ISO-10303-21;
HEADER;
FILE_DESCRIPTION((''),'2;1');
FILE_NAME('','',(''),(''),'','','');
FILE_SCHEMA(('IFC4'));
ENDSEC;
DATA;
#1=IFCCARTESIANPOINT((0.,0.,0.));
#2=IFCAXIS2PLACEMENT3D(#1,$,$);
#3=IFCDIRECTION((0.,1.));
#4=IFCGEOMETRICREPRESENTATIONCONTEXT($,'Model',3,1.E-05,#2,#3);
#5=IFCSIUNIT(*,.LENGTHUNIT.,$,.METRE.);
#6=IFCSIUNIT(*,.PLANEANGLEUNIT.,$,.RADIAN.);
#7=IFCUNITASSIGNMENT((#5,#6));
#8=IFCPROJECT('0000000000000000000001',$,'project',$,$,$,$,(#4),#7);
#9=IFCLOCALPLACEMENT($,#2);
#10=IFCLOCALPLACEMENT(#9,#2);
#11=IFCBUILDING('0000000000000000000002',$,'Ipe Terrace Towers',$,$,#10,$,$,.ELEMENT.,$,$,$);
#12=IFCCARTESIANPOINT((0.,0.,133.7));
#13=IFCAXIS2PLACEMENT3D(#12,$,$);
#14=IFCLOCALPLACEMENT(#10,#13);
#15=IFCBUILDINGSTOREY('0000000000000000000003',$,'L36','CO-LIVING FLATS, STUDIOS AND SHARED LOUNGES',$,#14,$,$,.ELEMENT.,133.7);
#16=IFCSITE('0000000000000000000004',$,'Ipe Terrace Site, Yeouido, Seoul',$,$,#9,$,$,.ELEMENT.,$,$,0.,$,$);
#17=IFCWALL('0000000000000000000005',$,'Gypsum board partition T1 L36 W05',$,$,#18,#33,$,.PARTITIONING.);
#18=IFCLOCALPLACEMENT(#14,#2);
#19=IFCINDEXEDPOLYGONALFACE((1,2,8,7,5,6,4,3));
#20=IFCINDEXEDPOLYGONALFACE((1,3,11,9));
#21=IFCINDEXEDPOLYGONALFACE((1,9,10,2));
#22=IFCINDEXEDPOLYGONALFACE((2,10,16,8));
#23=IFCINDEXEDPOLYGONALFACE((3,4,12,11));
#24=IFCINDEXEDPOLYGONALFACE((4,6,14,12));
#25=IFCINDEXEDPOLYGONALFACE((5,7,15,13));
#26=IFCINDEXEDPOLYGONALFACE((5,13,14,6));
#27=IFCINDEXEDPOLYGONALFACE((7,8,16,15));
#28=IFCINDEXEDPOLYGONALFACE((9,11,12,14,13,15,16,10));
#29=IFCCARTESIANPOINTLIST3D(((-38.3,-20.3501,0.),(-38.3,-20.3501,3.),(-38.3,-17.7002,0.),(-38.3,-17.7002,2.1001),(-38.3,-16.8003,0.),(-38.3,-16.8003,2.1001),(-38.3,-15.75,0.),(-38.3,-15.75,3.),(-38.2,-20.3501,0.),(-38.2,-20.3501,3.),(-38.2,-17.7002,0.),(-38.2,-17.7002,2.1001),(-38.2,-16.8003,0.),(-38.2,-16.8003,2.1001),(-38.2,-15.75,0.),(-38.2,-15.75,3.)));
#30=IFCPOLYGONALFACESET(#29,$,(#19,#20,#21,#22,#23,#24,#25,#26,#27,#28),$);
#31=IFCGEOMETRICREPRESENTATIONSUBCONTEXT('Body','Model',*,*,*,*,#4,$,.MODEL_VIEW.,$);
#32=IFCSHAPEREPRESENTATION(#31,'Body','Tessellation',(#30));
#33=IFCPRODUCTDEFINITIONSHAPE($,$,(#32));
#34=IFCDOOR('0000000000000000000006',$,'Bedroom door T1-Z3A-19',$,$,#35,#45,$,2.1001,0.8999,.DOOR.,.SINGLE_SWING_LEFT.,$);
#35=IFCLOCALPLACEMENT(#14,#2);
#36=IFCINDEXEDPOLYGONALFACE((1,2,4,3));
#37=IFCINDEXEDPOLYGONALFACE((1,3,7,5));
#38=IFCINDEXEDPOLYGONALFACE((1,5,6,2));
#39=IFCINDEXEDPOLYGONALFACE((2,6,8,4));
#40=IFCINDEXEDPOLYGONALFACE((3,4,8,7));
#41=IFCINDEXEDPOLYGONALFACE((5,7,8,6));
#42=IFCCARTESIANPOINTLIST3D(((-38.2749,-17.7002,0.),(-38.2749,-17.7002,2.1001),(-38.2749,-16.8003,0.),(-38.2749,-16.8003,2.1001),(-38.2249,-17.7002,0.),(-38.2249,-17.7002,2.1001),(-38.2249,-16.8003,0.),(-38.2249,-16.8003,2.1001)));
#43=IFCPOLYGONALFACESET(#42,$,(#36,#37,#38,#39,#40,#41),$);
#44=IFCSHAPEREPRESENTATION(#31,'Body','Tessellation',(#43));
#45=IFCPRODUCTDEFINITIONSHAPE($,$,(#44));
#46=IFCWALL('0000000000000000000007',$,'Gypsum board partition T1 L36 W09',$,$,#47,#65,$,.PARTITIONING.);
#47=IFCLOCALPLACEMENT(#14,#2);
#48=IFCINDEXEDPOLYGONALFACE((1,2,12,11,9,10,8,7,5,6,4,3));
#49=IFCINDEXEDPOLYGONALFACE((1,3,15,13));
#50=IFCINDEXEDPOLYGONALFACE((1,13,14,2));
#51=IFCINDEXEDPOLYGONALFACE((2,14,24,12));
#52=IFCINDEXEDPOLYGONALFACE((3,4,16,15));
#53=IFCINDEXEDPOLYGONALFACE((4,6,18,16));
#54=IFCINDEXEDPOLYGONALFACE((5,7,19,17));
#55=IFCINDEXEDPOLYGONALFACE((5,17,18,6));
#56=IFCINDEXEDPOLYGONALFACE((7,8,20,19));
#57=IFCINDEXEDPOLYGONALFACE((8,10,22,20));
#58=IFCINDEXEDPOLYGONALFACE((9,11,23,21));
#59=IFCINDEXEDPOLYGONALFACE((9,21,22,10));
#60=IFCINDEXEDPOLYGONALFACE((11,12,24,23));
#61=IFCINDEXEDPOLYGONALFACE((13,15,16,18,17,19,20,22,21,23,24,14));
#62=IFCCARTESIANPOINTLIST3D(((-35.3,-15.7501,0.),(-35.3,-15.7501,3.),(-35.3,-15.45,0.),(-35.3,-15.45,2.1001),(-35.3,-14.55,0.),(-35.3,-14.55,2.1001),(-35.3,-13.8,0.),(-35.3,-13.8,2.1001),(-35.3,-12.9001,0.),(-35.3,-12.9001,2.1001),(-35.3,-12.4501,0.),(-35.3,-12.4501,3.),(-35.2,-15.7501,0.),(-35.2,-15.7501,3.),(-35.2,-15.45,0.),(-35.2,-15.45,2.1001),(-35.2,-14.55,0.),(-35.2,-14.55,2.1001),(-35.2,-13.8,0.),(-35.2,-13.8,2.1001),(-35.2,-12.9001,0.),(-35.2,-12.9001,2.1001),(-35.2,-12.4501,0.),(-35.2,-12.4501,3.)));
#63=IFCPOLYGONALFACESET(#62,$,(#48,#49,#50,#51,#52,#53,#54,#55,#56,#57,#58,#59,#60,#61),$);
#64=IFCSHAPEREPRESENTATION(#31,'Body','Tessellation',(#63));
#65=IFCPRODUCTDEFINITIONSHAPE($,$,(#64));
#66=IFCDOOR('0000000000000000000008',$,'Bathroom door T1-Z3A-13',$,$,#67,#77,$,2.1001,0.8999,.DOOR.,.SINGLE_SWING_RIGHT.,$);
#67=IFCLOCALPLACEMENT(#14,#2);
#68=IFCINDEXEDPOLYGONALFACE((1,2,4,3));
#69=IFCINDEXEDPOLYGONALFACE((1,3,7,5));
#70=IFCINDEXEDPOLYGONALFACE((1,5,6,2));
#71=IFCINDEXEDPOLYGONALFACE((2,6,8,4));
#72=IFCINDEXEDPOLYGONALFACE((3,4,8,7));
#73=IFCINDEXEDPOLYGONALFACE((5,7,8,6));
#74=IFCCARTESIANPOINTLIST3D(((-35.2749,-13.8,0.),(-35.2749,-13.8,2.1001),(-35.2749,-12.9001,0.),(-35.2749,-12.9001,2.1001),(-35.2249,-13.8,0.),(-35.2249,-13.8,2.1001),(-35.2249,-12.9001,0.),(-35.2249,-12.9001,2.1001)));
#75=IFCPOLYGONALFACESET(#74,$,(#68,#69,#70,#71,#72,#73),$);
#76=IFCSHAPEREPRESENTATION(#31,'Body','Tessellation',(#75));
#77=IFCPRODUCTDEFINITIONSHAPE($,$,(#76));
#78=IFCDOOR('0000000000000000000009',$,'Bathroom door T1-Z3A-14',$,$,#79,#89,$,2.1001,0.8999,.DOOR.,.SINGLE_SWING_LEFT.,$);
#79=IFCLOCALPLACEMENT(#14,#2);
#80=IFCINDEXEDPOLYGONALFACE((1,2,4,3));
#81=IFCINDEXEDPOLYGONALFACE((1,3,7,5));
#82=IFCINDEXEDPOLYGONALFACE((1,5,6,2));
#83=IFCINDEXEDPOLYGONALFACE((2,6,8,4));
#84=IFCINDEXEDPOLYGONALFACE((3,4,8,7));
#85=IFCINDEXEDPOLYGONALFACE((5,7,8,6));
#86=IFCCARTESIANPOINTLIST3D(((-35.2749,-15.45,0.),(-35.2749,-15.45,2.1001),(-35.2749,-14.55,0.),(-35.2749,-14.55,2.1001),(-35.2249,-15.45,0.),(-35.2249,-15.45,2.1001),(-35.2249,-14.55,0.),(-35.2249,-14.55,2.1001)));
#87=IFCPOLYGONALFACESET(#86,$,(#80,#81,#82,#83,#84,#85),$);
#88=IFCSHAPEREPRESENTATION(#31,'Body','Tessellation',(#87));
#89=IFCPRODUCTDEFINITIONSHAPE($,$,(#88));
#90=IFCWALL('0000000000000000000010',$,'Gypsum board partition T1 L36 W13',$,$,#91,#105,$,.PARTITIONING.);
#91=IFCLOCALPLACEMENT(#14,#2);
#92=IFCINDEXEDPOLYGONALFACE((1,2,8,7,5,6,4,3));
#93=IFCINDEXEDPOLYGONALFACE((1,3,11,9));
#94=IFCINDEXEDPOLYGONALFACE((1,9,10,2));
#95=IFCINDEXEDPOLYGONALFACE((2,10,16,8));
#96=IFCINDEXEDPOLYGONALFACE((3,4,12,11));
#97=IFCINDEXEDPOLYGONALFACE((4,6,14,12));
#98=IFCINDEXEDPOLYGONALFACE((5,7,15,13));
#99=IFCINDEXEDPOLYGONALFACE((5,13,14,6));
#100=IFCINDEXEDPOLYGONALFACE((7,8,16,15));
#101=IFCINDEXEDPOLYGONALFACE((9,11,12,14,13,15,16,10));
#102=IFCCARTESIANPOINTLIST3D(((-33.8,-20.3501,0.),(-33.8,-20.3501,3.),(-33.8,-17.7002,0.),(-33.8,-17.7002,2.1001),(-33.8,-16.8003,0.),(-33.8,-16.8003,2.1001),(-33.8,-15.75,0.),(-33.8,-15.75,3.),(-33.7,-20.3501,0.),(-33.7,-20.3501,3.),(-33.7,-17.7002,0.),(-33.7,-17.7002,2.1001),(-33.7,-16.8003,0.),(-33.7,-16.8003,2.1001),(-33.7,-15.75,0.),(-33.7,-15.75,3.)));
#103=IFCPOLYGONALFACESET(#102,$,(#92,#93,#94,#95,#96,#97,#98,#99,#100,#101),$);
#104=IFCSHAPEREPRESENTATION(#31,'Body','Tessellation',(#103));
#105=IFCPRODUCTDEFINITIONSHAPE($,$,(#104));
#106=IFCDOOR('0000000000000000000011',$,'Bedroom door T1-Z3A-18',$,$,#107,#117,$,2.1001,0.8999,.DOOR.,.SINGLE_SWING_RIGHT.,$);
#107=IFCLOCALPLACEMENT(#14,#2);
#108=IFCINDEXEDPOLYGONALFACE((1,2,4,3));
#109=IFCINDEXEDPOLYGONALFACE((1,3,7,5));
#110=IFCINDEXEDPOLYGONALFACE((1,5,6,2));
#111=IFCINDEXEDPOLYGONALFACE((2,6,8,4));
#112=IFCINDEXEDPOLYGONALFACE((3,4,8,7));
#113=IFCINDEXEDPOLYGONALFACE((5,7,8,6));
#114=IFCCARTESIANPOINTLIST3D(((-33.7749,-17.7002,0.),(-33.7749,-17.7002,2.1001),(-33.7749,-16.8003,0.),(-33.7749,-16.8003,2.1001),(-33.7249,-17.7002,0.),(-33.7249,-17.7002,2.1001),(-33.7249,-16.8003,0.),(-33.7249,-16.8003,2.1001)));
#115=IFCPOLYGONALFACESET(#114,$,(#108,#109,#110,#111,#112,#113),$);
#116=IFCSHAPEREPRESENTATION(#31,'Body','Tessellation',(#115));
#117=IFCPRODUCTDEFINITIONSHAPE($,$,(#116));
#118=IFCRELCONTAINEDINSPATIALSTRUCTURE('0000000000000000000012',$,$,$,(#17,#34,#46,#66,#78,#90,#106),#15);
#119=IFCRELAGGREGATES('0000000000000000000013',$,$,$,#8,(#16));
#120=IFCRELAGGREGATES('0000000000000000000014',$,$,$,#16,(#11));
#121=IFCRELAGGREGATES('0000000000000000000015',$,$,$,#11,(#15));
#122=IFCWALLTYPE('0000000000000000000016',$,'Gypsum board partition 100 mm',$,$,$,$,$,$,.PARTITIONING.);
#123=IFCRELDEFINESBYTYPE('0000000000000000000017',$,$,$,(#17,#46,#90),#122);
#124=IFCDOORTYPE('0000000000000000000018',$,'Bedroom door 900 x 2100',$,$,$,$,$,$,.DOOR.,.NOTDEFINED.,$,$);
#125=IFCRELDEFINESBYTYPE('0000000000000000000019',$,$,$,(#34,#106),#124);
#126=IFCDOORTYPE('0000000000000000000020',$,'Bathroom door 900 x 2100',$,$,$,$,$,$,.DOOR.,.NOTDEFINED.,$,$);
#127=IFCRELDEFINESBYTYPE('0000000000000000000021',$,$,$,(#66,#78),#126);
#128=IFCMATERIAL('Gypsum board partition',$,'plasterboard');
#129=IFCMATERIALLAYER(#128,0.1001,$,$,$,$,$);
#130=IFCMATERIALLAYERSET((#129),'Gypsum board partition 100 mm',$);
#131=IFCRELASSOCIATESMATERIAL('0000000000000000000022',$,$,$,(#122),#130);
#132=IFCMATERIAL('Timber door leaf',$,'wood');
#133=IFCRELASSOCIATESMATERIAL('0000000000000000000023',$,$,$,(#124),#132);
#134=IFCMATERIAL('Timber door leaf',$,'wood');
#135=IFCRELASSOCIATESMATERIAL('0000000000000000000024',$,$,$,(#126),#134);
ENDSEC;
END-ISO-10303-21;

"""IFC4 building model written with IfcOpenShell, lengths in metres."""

from ifc_helpers import new_model, si_unit, direction, frame, frame_2d, origin, place, context, subcontext, project, spatial, rectangle, extrude, material, layer, layer_set, type_object, element, fill, save


model = new_model("IFC4")

# Units and contexts
model_context = context("Model", 3, precision=1e-05, world=origin(), true_north=direction((0.0, 1.0)))
body_context = subcontext(model_context, "Body", "Model", "MODEL_VIEW")
ifc_project = project(units=[si_unit("LENGTHUNIT", "METRE"), si_unit("PLANEANGLEUNIT", "RADIAN")], contexts=[model_context])

# Site, building, storey
site_placement = place(None, origin())
site = spatial("IfcSite", under=ifc_project, at=site_placement, Name="Ipe Terrace Site, Yeouido, Seoul", CompositionType="ELEMENT", RefElevation=0.0)
building_placement = place(site_placement, origin())
building = spatial("IfcBuilding", under=site, at=building_placement, Name="Ipe Terrace Towers", CompositionType="ELEMENT")
storey_placement = place(building_placement, frame((0.0, 0.0, 133.7)))
storey = spatial("IfcBuildingStorey", under=building, at=storey_placement, Name="L36", Description="CO-LIVING FLATS, STUDIOS AND SHARED LOUNGES", CompositionType="ELEMENT", Elevation=133.7)

# Wall, opening, door
ifc_material_1 = material(Name="Gypsum board partition", Category="plasterboard")
ifc_layer_1 = layer(ifc_material_1, 0.1001)
ifc_layer_set_1 = layer_set([ifc_layer_1], Name="Gypsum board partition 100 mm")
wall_type_1 = type_object("IfcWallType", Name="Gypsum board partition 100 mm", PredefinedType="PARTITIONING", material=ifc_layer_set_1)
ifc_material_2 = material(Name="Timber door leaf", Category="wood")
door_type_1 = type_object("IfcDoorType", Name="Bedroom door 900 x 2100", OperationType="NOTDEFINED", PredefinedType="DOOR", material=ifc_material_2)
wall_1_placement = place(storey_placement, frame((-38.25, -20.3501, 0.0), z_axis=(0.0, 0.0, 1.0), x_axis=(0.0, 1.0, 0.0)))
wall_1 = element("IfcWall", 1, at=wall_1_placement, inside=storey, type_object=wall_type_1, Name="Gypsum board partition T1 L36 W05", PredefinedType="PARTITIONING", context=body_context, shape_type="SweptSolid", body=[
    extrude(rectangle(XDim=4.6001, YDim=0.1001, at=frame_2d((2.3, 0.0))), origin(), (0.0, 0.0, 1.0), 3.0),
])
opening_1_placement = place(wall_1_placement, frame((2.6499, 0.0, 0.0)))
opening_1 = element("IfcOpeningElement", 2, at=opening_1_placement, cuts=wall_1, PredefinedType="OPENING", context=body_context, shape_type="SweptSolid", body=[
    extrude(rectangle(XDim=0.8999, YDim=2.1001, at=frame_2d((0.45, 1.05))), frame((0.0, 0.0601, 0.0), z_axis=(0.0, -1.0, 0.0), x_axis=(1.0, 0.0, 0.0)), (0.0, 0.0, 1.0), 0.1201),
])
door_1_placement = place(opening_1_placement, origin())
door_1 = element("IfcDoor", 3, at=door_1_placement, inside=storey, type_object=door_type_1, Name="Bedroom door T1-Z3A-19", OperationType="SINGLE_SWING_LEFT", OverallHeight=2.1001, OverallWidth=0.8999, PredefinedType="DOOR", context=body_context, shape_type="SweptSolid", body=[
    extrude(rectangle(XDim=0.8999, YDim=2.1001, at=frame_2d((0.45, 1.05))), frame((0.0, 0.0249, 0.0), z_axis=(0.0, -1.0, 0.0), x_axis=(1.0, 0.0, 0.0)), (0.0, 0.0, 1.0), 0.05),
])
fill(opening_1, door_1)

# Wall, openings, doors
wall_2_placement = place(storey_placement, frame((-35.25, -15.75, 0.0), z_axis=(0.0, 0.0, 1.0), x_axis=(0.0, 1.0, 0.0)))
wall_2 = element("IfcWall", 4, at=wall_2_placement, inside=storey, type_object=wall_type_1, Name="Gypsum board partition T1 L36 W09", PredefinedType="PARTITIONING", context=body_context, shape_type="SweptSolid", body=[
    extrude(rectangle(XDim=3.3, YDim=0.1001, at=frame_2d((1.6499, 0.0))), origin(), (0.0, 0.0, 1.0), 3.0),
])
opening_2_placement = place(wall_2_placement, frame((1.95, 0.0, 0.0)))
opening_2 = element("IfcOpeningElement", 5, at=opening_2_placement, cuts=wall_2, PredefinedType="OPENING", context=body_context, shape_type="SweptSolid", body=[
    extrude(rectangle(XDim=0.8999, YDim=2.1001, at=frame_2d((0.45, 1.05))), frame((0.0, 0.0601, 0.0), z_axis=(0.0, -1.0, 0.0), x_axis=(1.0, 0.0, 0.0)), (0.0, 0.0, 1.0), 0.1201),
])
opening_3_placement = place(wall_2_placement, frame((0.3, 0.0, 0.0)))
opening_3 = element("IfcOpeningElement", 6, at=opening_3_placement, cuts=wall_2, PredefinedType="OPENING", context=body_context, shape_type="SweptSolid", body=[
    extrude(rectangle(XDim=0.8999, YDim=2.1001, at=frame_2d((0.45, 1.05))), frame((0.0, 0.0601, 0.0), z_axis=(0.0, -1.0, 0.0), x_axis=(1.0, 0.0, 0.0)), (0.0, 0.0, 1.0), 0.1201),
])
ifc_material_3 = material(Name="Timber door leaf", Category="wood")
door_type_2 = type_object("IfcDoorType", Name="Bathroom door 900 x 2100", OperationType="NOTDEFINED", PredefinedType="DOOR", material=ifc_material_3)
door_2_placement = place(opening_2_placement, origin())
door_2 = element("IfcDoor", 7, at=door_2_placement, inside=storey, type_object=door_type_2, Name="Bathroom door T1-Z3A-13", OperationType="SINGLE_SWING_RIGHT", OverallHeight=2.1001, OverallWidth=0.8999, PredefinedType="DOOR", context=body_context, shape_type="SweptSolid", body=[
    extrude(rectangle(XDim=0.8999, YDim=2.1001, at=frame_2d((0.45, 1.05))), frame((0.0, 0.0249, 0.0), z_axis=(0.0, -1.0, 0.0), x_axis=(1.0, 0.0, 0.0)), (0.0, 0.0, 1.0), 0.05),
])
fill(opening_2, door_2)
door_3_placement = place(opening_3_placement, origin())
door_3 = element("IfcDoor", 8, at=door_3_placement, inside=storey, type_object=door_type_2, Name="Bathroom door T1-Z3A-14", OperationType="SINGLE_SWING_LEFT", OverallHeight=2.1001, OverallWidth=0.8999, PredefinedType="DOOR", context=body_context, shape_type="SweptSolid", body=[
    extrude(rectangle(XDim=0.8999, YDim=2.1001, at=frame_2d((0.45, 1.05))), frame((0.0, 0.0249, 0.0), z_axis=(0.0, -1.0, 0.0), x_axis=(1.0, 0.0, 0.0)), (0.0, 0.0, 1.0), 0.05),
])
fill(opening_3, door_3)

# Wall, opening, door
wall_3_placement = place(storey_placement, frame((-33.75, -20.3501, 0.0), z_axis=(0.0, 0.0, 1.0), x_axis=(0.0, 1.0, 0.0)))
wall_3 = element("IfcWall", 9, at=wall_3_placement, inside=storey, type_object=wall_type_1, Name="Gypsum board partition T1 L36 W13", PredefinedType="PARTITIONING", context=body_context, shape_type="SweptSolid", body=[
    extrude(rectangle(XDim=4.6001, YDim=0.1001, at=frame_2d((2.3, 0.0))), origin(), (0.0, 0.0, 1.0), 3.0),
])
opening_4_placement = place(wall_3_placement, frame((2.6499, 0.0, 0.0)))
opening_4 = element("IfcOpeningElement", 10, at=opening_4_placement, cuts=wall_3, PredefinedType="OPENING", context=body_context, shape_type="SweptSolid", body=[
    extrude(rectangle(XDim=0.8999, YDim=2.1001, at=frame_2d((0.45, 1.05))), frame((0.0, 0.0601, 0.0), z_axis=(0.0, -1.0, 0.0), x_axis=(1.0, 0.0, 0.0)), (0.0, 0.0, 1.0), 0.1201),
])
door_4_placement = place(opening_4_placement, origin())
door_4 = element("IfcDoor", 11, at=door_4_placement, inside=storey, type_object=door_type_1, Name="Bedroom door T1-Z3A-18", OperationType="SINGLE_SWING_RIGHT", OverallHeight=2.1001, OverallWidth=0.8999, PredefinedType="DOOR", context=body_context, shape_type="SweptSolid", body=[
    extrude(rectangle(XDim=0.8999, YDim=2.1001, at=frame_2d((0.45, 1.05))), frame((0.0, 0.0249, 0.0), z_axis=(0.0, -1.0, 0.0), x_axis=(1.0, 0.0, 0.0)), (0.0, 0.0, 1.0), 0.05),
])
fill(opening_4, door_4)

save(model, "model.ifc")
